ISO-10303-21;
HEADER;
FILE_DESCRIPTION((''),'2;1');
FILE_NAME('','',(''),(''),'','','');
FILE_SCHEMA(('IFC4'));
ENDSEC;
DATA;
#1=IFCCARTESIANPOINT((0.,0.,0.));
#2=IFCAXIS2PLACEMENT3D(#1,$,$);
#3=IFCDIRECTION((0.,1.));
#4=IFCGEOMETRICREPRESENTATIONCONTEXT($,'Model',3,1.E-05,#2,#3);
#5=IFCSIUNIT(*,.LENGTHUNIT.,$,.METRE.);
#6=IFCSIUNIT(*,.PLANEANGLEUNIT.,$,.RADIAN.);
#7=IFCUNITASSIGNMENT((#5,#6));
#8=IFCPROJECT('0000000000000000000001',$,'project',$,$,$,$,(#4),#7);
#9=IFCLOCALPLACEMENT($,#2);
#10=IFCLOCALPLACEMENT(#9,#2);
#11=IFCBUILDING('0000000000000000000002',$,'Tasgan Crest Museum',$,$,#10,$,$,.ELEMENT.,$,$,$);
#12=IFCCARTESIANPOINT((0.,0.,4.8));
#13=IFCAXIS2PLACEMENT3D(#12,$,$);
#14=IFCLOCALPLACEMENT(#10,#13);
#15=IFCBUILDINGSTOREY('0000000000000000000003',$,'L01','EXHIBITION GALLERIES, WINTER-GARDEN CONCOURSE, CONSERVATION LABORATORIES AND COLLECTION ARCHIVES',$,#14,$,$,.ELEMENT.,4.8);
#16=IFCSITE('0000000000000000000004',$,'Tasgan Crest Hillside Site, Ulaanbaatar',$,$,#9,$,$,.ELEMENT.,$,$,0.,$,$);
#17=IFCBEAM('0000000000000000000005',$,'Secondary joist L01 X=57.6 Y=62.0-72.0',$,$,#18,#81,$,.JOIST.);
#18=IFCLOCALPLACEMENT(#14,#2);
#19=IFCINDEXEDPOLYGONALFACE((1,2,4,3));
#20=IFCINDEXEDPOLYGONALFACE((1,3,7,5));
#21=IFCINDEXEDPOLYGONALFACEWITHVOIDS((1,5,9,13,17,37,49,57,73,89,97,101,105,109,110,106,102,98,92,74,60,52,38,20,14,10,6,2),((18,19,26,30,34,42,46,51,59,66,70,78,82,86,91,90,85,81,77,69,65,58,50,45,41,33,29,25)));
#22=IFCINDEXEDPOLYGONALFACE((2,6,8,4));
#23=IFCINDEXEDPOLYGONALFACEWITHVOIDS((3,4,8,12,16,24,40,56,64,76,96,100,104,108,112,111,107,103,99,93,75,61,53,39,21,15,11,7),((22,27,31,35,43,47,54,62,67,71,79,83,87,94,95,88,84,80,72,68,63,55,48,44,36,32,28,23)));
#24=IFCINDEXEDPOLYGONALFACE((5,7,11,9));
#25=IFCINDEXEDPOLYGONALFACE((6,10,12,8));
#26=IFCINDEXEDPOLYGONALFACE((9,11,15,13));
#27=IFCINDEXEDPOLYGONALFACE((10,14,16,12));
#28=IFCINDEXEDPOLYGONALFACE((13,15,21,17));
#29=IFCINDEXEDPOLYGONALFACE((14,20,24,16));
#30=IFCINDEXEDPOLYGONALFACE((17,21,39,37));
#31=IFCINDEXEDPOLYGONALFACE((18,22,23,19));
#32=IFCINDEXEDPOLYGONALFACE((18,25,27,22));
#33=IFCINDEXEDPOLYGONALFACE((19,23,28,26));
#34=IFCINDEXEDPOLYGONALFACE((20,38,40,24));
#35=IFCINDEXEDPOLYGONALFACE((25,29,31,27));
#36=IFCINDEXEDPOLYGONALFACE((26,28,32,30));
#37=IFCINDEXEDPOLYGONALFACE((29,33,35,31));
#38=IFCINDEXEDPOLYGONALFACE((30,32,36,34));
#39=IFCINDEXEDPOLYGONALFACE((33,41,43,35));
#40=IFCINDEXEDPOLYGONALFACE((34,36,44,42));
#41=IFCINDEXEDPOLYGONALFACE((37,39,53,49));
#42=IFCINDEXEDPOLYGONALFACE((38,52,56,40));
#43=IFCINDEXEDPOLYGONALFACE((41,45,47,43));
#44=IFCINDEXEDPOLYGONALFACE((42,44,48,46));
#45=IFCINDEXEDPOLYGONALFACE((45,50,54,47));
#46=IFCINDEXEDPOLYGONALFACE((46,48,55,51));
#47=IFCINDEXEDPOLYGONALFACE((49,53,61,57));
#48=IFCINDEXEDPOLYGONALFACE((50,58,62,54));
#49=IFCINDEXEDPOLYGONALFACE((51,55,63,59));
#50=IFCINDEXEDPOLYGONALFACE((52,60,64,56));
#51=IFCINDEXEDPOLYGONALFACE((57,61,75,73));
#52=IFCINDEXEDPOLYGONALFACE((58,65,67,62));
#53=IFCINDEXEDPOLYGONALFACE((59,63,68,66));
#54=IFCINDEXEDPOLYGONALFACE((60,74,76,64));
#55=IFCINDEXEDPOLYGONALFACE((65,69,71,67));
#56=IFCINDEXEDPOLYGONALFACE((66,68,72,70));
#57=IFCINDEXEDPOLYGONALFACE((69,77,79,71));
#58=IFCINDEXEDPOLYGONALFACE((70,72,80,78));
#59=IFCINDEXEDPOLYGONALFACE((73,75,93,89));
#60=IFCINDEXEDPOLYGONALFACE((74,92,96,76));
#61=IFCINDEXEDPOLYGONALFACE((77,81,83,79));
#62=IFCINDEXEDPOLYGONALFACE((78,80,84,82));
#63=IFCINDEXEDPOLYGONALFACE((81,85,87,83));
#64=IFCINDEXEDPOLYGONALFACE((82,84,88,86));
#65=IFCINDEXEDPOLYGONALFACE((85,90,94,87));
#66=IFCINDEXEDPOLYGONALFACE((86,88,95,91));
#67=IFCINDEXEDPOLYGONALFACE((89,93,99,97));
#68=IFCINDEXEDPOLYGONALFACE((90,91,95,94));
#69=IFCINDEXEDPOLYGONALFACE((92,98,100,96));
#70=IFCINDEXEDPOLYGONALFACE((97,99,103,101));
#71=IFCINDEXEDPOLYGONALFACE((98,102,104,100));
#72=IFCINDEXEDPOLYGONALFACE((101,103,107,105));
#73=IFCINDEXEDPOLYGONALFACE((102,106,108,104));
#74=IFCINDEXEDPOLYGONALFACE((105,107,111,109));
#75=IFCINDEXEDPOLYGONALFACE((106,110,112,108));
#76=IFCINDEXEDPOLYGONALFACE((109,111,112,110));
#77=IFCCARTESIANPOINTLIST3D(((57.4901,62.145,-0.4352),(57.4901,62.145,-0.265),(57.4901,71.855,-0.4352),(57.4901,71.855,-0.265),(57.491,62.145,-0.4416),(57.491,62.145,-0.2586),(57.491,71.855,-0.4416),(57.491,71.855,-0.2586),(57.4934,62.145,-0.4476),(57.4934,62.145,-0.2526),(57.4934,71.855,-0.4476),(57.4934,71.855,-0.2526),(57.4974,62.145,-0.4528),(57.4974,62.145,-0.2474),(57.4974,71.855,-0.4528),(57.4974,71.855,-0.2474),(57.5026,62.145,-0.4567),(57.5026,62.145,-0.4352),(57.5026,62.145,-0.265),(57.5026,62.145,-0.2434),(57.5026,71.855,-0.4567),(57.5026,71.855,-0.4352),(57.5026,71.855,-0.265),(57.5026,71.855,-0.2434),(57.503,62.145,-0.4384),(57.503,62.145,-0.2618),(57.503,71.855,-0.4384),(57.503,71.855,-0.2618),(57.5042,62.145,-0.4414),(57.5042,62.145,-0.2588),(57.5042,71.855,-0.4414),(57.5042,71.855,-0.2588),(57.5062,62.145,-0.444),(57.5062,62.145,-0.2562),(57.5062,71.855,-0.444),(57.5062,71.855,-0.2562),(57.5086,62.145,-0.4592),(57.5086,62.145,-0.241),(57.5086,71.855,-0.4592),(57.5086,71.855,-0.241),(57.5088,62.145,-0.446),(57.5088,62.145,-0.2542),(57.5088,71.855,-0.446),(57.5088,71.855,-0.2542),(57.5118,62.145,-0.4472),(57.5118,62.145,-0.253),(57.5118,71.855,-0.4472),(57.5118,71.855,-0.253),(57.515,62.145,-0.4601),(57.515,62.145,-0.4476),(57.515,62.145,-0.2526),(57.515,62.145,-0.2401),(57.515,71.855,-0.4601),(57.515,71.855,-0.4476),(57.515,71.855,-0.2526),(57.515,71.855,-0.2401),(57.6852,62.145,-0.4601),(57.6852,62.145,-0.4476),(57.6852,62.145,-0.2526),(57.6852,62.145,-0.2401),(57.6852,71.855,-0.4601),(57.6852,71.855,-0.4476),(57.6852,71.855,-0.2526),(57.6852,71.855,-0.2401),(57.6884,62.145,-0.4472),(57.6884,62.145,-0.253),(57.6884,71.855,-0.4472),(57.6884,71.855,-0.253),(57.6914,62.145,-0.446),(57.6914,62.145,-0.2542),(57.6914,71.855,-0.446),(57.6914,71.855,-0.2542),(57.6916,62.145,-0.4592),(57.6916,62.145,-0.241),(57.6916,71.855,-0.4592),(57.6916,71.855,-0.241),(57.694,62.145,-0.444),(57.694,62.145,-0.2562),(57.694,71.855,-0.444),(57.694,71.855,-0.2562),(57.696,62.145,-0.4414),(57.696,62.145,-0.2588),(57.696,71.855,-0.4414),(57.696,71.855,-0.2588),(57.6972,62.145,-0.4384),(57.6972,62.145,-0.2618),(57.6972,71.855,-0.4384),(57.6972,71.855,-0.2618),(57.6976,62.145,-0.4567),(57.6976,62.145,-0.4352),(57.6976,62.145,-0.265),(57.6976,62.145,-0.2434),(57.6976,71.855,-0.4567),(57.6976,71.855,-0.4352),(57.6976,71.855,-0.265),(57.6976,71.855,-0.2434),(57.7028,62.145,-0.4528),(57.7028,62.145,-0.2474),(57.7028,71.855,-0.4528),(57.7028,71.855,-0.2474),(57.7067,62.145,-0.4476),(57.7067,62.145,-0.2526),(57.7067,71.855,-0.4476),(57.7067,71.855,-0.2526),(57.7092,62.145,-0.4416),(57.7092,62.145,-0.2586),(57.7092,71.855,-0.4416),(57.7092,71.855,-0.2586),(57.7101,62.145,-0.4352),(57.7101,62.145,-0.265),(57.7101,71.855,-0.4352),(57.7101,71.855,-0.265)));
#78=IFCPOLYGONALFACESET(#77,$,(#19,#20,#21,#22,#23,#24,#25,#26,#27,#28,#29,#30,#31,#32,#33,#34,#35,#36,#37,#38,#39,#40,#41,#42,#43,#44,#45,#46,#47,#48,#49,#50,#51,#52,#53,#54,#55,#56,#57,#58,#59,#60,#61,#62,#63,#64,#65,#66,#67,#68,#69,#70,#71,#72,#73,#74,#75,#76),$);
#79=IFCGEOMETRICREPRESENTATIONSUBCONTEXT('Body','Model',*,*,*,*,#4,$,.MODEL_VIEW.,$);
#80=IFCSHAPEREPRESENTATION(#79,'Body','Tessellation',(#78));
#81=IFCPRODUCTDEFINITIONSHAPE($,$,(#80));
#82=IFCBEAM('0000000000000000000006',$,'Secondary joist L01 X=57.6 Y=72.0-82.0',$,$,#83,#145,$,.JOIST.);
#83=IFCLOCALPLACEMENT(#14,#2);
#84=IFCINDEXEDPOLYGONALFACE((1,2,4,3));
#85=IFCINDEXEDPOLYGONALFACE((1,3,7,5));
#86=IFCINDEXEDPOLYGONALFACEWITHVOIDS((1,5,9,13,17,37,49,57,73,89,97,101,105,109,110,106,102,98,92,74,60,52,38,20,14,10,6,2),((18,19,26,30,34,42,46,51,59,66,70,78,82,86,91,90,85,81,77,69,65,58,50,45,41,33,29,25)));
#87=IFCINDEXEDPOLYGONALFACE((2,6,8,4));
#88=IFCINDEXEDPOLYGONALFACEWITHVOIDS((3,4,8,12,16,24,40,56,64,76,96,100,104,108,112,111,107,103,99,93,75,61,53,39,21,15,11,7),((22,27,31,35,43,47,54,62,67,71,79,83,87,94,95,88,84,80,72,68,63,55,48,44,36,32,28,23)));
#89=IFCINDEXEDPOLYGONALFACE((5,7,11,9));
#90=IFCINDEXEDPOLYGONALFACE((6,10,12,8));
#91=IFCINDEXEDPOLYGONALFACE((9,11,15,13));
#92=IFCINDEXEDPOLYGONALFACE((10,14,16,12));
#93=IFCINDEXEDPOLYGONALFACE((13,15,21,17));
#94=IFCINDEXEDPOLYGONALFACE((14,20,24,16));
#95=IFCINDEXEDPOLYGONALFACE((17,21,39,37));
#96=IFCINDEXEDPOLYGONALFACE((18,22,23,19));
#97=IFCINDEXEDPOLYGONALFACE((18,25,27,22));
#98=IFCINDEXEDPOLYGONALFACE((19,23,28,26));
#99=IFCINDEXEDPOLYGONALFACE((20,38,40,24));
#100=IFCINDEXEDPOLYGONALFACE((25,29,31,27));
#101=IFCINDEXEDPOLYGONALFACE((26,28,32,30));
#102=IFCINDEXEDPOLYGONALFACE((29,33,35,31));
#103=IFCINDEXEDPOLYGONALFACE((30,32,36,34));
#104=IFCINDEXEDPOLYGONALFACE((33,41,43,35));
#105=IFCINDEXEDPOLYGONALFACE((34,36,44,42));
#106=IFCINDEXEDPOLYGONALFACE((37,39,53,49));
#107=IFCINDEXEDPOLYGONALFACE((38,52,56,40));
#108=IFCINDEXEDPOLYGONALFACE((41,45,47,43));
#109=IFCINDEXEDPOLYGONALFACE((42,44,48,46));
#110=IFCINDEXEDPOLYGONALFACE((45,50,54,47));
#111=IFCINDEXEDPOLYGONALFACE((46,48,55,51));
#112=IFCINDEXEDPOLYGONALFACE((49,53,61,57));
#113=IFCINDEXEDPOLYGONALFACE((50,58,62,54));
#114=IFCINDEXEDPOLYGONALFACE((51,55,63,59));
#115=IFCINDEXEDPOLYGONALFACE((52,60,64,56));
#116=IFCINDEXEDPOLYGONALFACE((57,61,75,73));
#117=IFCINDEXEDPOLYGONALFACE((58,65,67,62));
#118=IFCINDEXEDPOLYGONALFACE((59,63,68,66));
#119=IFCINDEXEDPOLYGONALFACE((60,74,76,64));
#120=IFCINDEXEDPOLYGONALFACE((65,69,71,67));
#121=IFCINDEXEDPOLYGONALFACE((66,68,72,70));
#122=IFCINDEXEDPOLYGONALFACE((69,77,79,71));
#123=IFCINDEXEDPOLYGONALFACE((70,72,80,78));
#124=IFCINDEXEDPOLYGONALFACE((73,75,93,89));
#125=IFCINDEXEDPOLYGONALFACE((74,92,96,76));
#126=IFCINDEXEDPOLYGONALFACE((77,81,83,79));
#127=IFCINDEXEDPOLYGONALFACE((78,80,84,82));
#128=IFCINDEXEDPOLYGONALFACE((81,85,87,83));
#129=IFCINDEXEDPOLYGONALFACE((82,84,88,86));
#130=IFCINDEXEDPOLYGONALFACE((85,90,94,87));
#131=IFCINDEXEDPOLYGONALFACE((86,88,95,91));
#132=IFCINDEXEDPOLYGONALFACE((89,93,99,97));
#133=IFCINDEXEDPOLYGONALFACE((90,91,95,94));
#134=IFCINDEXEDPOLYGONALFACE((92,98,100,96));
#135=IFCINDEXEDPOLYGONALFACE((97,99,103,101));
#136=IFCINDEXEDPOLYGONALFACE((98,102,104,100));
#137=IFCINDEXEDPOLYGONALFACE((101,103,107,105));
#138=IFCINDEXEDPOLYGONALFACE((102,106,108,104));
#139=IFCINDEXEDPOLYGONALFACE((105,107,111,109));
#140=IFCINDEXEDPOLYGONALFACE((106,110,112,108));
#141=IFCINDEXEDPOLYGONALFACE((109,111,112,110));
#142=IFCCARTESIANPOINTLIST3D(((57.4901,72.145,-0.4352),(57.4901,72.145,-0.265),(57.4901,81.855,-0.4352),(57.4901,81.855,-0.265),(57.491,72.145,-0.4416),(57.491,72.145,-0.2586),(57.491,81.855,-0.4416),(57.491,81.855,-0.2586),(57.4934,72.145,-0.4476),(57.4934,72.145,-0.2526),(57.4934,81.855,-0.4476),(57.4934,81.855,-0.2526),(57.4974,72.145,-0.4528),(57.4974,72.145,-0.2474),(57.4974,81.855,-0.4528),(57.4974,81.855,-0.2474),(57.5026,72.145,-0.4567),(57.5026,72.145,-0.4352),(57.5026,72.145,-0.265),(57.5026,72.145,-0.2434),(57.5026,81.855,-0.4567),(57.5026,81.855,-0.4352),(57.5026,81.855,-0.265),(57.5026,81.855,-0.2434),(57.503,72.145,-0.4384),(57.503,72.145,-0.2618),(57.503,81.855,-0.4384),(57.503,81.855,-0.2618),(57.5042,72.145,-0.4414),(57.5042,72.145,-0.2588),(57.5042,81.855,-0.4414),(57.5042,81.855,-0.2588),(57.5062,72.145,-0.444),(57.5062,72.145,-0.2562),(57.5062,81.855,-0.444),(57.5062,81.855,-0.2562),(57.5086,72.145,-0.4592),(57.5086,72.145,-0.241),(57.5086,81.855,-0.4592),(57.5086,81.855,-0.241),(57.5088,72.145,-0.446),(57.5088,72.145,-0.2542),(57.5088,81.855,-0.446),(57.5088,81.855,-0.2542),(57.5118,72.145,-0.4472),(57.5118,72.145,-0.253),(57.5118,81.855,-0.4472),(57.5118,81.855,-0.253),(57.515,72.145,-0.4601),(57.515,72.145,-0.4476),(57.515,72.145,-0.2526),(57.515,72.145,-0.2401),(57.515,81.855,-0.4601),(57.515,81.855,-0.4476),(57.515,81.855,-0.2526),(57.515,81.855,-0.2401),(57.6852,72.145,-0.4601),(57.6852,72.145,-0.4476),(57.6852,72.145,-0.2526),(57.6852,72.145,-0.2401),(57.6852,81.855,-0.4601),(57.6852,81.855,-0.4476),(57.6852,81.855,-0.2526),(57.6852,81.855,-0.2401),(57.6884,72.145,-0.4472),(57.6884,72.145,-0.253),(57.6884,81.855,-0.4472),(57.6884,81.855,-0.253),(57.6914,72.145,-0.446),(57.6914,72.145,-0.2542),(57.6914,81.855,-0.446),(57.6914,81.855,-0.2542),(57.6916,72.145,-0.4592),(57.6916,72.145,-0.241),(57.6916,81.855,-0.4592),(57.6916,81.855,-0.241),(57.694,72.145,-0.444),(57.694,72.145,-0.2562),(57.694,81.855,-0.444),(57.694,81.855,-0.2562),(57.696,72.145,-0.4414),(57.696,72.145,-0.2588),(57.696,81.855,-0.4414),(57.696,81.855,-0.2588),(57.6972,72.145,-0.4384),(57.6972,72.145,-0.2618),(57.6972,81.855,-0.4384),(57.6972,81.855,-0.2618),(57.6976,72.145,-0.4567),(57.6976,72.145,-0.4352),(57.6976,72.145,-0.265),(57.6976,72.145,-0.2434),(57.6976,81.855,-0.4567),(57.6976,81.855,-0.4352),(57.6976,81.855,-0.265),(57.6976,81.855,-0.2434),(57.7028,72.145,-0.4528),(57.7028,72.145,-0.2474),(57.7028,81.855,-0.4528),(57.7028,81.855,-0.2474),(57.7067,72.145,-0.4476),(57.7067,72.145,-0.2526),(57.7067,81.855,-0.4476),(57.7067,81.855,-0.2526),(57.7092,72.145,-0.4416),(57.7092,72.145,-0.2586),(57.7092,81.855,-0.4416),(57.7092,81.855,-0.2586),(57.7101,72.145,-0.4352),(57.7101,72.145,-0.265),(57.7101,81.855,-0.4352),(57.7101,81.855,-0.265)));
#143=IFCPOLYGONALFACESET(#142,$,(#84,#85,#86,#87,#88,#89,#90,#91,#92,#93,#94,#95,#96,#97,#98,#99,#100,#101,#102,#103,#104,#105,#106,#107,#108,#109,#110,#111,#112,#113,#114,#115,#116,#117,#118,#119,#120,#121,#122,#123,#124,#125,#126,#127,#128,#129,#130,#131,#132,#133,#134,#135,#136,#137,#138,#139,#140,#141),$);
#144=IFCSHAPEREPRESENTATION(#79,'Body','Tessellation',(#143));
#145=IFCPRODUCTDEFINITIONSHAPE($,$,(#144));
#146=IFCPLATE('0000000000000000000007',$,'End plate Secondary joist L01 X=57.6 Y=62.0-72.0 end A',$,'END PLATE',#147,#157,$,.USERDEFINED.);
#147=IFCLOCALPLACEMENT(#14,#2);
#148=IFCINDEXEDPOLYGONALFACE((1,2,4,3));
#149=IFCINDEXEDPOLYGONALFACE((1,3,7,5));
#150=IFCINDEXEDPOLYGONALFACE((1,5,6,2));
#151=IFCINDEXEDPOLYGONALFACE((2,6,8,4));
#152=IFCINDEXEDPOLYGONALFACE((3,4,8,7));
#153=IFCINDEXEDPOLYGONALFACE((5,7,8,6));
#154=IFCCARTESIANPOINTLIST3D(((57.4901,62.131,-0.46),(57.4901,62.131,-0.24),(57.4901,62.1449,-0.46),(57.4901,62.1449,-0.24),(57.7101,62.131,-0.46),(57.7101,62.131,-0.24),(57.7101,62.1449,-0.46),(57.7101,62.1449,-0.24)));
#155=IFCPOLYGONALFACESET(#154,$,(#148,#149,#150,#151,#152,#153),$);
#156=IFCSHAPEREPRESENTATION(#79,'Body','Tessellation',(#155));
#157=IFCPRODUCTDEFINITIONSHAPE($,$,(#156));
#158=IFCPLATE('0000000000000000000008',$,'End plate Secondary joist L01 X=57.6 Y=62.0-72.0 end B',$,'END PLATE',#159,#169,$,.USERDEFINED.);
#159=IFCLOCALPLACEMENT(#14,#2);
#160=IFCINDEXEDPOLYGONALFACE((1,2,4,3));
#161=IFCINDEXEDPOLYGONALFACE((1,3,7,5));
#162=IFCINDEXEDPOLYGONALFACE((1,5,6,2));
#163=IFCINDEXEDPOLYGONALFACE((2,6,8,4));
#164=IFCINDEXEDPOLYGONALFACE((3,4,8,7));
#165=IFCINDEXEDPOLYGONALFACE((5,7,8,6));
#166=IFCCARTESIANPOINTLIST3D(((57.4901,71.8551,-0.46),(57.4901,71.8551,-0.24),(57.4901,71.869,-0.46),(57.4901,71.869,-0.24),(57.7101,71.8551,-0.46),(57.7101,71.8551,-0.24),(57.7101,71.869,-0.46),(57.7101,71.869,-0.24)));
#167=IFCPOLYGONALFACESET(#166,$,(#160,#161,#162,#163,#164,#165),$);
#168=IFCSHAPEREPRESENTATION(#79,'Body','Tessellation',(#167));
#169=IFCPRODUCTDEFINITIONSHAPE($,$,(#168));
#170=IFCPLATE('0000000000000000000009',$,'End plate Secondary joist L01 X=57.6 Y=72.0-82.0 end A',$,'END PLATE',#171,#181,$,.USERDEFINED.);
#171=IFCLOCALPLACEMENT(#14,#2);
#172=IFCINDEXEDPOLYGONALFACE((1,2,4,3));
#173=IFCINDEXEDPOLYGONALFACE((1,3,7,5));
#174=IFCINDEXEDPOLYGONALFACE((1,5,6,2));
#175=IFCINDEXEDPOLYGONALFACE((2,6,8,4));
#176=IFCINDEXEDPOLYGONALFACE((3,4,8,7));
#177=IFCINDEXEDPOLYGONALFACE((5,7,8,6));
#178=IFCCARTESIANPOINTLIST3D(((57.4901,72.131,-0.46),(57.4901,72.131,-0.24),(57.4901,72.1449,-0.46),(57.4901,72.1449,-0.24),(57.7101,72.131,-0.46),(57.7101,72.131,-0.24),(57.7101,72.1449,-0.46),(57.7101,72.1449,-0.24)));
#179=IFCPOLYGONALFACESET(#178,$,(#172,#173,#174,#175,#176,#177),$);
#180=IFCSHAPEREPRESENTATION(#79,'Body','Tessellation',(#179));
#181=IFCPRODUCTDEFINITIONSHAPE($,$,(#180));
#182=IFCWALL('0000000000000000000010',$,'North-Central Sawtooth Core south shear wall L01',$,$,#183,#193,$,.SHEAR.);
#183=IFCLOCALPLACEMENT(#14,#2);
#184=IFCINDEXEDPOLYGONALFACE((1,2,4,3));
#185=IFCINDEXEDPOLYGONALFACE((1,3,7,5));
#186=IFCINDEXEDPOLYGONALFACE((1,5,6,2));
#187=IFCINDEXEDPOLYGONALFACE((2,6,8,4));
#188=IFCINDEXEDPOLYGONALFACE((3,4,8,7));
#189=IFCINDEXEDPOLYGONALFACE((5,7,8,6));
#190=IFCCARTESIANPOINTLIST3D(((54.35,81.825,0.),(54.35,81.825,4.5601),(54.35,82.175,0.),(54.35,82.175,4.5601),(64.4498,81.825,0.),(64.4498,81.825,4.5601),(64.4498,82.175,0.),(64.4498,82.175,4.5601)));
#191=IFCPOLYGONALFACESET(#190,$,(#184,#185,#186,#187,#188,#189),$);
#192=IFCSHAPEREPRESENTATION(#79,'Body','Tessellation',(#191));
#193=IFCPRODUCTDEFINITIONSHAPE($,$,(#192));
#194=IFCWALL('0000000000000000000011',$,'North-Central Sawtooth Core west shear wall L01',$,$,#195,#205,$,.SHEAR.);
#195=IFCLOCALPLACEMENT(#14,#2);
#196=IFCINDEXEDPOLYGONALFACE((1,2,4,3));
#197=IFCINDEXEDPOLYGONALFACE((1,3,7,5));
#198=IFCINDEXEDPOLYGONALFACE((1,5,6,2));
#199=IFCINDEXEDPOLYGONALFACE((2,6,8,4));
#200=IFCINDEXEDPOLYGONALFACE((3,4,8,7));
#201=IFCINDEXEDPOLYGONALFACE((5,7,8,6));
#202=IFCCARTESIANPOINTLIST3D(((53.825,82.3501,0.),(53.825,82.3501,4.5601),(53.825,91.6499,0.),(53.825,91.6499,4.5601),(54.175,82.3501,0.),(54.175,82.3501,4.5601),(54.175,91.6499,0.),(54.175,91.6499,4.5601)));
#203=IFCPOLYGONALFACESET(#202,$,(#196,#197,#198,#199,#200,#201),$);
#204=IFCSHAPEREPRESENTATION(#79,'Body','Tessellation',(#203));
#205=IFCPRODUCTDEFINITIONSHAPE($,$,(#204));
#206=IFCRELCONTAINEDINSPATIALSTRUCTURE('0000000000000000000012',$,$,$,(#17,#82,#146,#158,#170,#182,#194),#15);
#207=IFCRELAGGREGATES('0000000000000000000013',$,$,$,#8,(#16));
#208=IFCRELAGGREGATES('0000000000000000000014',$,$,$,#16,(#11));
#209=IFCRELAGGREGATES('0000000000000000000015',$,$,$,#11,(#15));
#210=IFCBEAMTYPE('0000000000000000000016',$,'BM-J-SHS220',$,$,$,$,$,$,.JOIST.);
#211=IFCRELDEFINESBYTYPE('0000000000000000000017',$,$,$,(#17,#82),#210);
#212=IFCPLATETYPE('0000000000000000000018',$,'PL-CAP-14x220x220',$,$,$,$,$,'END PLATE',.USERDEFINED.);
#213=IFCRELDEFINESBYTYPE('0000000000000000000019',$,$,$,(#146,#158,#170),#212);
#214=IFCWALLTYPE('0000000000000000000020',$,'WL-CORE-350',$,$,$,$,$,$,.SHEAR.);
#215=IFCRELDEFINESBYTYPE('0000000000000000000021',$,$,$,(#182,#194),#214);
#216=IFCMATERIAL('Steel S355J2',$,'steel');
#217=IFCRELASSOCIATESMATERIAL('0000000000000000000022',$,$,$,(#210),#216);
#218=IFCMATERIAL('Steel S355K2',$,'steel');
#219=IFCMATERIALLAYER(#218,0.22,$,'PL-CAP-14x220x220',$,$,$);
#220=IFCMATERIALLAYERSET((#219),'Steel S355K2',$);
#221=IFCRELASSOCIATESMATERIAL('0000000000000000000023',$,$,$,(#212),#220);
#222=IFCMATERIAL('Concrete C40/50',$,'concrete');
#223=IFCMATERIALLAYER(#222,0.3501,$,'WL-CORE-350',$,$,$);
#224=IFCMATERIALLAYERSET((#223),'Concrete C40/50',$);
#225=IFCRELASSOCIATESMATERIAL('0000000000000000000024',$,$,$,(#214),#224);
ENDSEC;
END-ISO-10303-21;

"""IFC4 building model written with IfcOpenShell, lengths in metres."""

from ifc_helpers import new_model, si_unit, direction, frame, frame_2d, origin, origin_2d, place, context, subcontext, project, spatial, rectangle, hollow_rectangle, extrude, material, layer, layer_set, material_profile, profile_set, type_object, element, save


model = new_model("IFC4")

# Units and contexts
model_context = context("Model", 3, precision=1e-05, world=origin(), true_north=direction((0.0, 1.0)))
body_context = subcontext(model_context, "Body", "Model", "MODEL_VIEW")
ifc_project = project(units=[si_unit("LENGTHUNIT", "METRE"), si_unit("PLANEANGLEUNIT", "RADIAN")], contexts=[model_context])

# Site, building, storey
site_placement = place(None, origin())
site = spatial("IfcSite", under=ifc_project, at=site_placement, Name="Tasgan Crest Hillside Site, Ulaanbaatar", CompositionType="ELEMENT", RefElevation=0.0)
building_placement = place(site_placement, origin())
building = spatial("IfcBuilding", under=site, at=building_placement, Name="Tasgan Crest Museum", CompositionType="ELEMENT")
storey_placement = place(building_placement, frame((0.0, 0.0, 4.8)))
storey = spatial("IfcBuildingStorey", under=building, at=storey_placement, Name="L01", Description="EXHIBITION GALLERIES, WINTER-GARDEN CONCOURSE, CONSERVATION LABORATORIES AND COLLECTION ARCHIVES", CompositionType="ELEMENT", Elevation=4.8)

# Beams
ifc_material_1 = material(Name="Steel S355J2", Category="steel")
ifc_material_profile_1 = material_profile(ifc_material_1, hollow_rectangle(XDim=0.22, YDim=0.22, WallThickness=0.0125, InnerFilletRadius=0.0125, OuterFilletRadius=0.0249, at=origin_2d()), Name="SHS 220x220x12.5")
ifc_profile_set_1 = profile_set([ifc_material_profile_1], Name="Steel S355J2")
beam_type_1 = type_object("IfcBeamType", Name="BM-J-SHS220", PredefinedType="JOIST", material=ifc_profile_set_1)
for number, where, z_axis, x_axis, name in (
    (1, (57.6001, 62.145, -0.3501), (0.0, 1.0, 0.0), (-1.0, 0.0, 0.0), "Secondary joist L01 X=57.6 Y=62.0-72.0"),
    (2, (57.6001, 72.145, -0.3501), (0.0, 1.0, 0.0), (-1.0, 0.0, 0.0), "Secondary joist L01 X=57.6 Y=72.0-82.0"),
):
    element("IfcBeam", number, at=place(storey_placement, frame(where, z_axis=z_axis, x_axis=x_axis)), inside=storey, type_object=beam_type_1, Name=name, PredefinedType="JOIST", context=body_context, shape_type="SweptSolid", body=[
        extrude(hollow_rectangle(XDim=0.22, YDim=0.22, WallThickness=0.0125, InnerFilletRadius=0.0125, OuterFilletRadius=0.0249, at=origin_2d()), origin(), (0.0, 0.0, 1.0), 9.71),
    ])

# Plates
ifc_material_2 = material(Name="Steel S355K2", Category="steel")
ifc_layer_1 = layer(ifc_material_2, 0.22, Name="PL-CAP-14x220x220")
ifc_layer_set_1 = layer_set([ifc_layer_1], Name="Steel S355K2")
plate_type = type_object("IfcPlateType", Name="PL-CAP-14x220x220", ElementType="END PLATE", PredefinedType="USERDEFINED", material=ifc_layer_set_1)
for number, where, z_axis, x_axis, name in (
    (3, (57.6001, 62.1379, -0.46), (0.0, 0.0, 1.0), (0.0, 1.0, 0.0), "End plate Secondary joist L01 X=57.6 Y=62.0-72.0 end A"),
    (4, (57.6001, 71.8621, -0.46), (0.0, 0.0, 1.0), (0.0, 1.0, 0.0), "End plate Secondary joist L01 X=57.6 Y=62.0-72.0 end B"),
    (5, (57.6001, 72.1379, -0.46), (0.0, 0.0, 1.0), (0.0, 1.0, 0.0), "End plate Secondary joist L01 X=57.6 Y=72.0-82.0 end A"),
):
    element("IfcPlate", number, at=place(storey_placement, frame(where, z_axis=z_axis, x_axis=x_axis)), inside=storey, type_object=plate_type, Name=name, ObjectType="END PLATE", PredefinedType="USERDEFINED", context=body_context, shape_type="SweptSolid", body=[
        extrude(rectangle(XDim=0.0139, YDim=0.22, at=origin_2d()), origin(), (0.0, 0.0, 1.0), 0.22),
    ])

# Walls
ifc_material_3 = material(Name="Concrete C40/50", Category="concrete")
ifc_layer_2 = layer(ifc_material_3, 0.3501, Name="WL-CORE-350")
ifc_layer_set_2 = layer_set([ifc_layer_2], Name="Concrete C40/50")
wall_type_1 = type_object("IfcWallType", Name="WL-CORE-350", PredefinedType="SHEAR", material=ifc_layer_set_2)
wall_1_placement = place(storey_placement, frame((54.3501, 82.0, 0.0), z_axis=(0.0, 0.0, 1.0), x_axis=(1.0, 0.0, 0.0)))
element("IfcWall", 6, at=wall_1_placement, inside=storey, type_object=wall_type_1, Name="North-Central Sawtooth Core south shear wall L01", PredefinedType="SHEAR", context=body_context, shape_type="SweptSolid", body=[
    extrude(rectangle(XDim=10.0999, YDim=0.3501, at=frame_2d((5.0498, 0.0))), origin(), (0.0, 0.0, 1.0), 4.5601),
])
wall_2_placement = place(storey_placement, frame((54.0, 82.3501, 0.0), z_axis=(0.0, 0.0, 1.0), x_axis=(0.0, 1.0, 0.0)))
element("IfcWall", 7, at=wall_2_placement, inside=storey, type_object=wall_type_1, Name="North-Central Sawtooth Core west shear wall L01", PredefinedType="SHEAR", context=body_context, shape_type="SweptSolid", body=[
    extrude(rectangle(XDim=9.2998, YDim=0.3501, at=frame_2d((4.6499, 0.0))), origin(), (0.0, 0.0, 1.0), 4.5601),
])

save(model, "model.ifc")
